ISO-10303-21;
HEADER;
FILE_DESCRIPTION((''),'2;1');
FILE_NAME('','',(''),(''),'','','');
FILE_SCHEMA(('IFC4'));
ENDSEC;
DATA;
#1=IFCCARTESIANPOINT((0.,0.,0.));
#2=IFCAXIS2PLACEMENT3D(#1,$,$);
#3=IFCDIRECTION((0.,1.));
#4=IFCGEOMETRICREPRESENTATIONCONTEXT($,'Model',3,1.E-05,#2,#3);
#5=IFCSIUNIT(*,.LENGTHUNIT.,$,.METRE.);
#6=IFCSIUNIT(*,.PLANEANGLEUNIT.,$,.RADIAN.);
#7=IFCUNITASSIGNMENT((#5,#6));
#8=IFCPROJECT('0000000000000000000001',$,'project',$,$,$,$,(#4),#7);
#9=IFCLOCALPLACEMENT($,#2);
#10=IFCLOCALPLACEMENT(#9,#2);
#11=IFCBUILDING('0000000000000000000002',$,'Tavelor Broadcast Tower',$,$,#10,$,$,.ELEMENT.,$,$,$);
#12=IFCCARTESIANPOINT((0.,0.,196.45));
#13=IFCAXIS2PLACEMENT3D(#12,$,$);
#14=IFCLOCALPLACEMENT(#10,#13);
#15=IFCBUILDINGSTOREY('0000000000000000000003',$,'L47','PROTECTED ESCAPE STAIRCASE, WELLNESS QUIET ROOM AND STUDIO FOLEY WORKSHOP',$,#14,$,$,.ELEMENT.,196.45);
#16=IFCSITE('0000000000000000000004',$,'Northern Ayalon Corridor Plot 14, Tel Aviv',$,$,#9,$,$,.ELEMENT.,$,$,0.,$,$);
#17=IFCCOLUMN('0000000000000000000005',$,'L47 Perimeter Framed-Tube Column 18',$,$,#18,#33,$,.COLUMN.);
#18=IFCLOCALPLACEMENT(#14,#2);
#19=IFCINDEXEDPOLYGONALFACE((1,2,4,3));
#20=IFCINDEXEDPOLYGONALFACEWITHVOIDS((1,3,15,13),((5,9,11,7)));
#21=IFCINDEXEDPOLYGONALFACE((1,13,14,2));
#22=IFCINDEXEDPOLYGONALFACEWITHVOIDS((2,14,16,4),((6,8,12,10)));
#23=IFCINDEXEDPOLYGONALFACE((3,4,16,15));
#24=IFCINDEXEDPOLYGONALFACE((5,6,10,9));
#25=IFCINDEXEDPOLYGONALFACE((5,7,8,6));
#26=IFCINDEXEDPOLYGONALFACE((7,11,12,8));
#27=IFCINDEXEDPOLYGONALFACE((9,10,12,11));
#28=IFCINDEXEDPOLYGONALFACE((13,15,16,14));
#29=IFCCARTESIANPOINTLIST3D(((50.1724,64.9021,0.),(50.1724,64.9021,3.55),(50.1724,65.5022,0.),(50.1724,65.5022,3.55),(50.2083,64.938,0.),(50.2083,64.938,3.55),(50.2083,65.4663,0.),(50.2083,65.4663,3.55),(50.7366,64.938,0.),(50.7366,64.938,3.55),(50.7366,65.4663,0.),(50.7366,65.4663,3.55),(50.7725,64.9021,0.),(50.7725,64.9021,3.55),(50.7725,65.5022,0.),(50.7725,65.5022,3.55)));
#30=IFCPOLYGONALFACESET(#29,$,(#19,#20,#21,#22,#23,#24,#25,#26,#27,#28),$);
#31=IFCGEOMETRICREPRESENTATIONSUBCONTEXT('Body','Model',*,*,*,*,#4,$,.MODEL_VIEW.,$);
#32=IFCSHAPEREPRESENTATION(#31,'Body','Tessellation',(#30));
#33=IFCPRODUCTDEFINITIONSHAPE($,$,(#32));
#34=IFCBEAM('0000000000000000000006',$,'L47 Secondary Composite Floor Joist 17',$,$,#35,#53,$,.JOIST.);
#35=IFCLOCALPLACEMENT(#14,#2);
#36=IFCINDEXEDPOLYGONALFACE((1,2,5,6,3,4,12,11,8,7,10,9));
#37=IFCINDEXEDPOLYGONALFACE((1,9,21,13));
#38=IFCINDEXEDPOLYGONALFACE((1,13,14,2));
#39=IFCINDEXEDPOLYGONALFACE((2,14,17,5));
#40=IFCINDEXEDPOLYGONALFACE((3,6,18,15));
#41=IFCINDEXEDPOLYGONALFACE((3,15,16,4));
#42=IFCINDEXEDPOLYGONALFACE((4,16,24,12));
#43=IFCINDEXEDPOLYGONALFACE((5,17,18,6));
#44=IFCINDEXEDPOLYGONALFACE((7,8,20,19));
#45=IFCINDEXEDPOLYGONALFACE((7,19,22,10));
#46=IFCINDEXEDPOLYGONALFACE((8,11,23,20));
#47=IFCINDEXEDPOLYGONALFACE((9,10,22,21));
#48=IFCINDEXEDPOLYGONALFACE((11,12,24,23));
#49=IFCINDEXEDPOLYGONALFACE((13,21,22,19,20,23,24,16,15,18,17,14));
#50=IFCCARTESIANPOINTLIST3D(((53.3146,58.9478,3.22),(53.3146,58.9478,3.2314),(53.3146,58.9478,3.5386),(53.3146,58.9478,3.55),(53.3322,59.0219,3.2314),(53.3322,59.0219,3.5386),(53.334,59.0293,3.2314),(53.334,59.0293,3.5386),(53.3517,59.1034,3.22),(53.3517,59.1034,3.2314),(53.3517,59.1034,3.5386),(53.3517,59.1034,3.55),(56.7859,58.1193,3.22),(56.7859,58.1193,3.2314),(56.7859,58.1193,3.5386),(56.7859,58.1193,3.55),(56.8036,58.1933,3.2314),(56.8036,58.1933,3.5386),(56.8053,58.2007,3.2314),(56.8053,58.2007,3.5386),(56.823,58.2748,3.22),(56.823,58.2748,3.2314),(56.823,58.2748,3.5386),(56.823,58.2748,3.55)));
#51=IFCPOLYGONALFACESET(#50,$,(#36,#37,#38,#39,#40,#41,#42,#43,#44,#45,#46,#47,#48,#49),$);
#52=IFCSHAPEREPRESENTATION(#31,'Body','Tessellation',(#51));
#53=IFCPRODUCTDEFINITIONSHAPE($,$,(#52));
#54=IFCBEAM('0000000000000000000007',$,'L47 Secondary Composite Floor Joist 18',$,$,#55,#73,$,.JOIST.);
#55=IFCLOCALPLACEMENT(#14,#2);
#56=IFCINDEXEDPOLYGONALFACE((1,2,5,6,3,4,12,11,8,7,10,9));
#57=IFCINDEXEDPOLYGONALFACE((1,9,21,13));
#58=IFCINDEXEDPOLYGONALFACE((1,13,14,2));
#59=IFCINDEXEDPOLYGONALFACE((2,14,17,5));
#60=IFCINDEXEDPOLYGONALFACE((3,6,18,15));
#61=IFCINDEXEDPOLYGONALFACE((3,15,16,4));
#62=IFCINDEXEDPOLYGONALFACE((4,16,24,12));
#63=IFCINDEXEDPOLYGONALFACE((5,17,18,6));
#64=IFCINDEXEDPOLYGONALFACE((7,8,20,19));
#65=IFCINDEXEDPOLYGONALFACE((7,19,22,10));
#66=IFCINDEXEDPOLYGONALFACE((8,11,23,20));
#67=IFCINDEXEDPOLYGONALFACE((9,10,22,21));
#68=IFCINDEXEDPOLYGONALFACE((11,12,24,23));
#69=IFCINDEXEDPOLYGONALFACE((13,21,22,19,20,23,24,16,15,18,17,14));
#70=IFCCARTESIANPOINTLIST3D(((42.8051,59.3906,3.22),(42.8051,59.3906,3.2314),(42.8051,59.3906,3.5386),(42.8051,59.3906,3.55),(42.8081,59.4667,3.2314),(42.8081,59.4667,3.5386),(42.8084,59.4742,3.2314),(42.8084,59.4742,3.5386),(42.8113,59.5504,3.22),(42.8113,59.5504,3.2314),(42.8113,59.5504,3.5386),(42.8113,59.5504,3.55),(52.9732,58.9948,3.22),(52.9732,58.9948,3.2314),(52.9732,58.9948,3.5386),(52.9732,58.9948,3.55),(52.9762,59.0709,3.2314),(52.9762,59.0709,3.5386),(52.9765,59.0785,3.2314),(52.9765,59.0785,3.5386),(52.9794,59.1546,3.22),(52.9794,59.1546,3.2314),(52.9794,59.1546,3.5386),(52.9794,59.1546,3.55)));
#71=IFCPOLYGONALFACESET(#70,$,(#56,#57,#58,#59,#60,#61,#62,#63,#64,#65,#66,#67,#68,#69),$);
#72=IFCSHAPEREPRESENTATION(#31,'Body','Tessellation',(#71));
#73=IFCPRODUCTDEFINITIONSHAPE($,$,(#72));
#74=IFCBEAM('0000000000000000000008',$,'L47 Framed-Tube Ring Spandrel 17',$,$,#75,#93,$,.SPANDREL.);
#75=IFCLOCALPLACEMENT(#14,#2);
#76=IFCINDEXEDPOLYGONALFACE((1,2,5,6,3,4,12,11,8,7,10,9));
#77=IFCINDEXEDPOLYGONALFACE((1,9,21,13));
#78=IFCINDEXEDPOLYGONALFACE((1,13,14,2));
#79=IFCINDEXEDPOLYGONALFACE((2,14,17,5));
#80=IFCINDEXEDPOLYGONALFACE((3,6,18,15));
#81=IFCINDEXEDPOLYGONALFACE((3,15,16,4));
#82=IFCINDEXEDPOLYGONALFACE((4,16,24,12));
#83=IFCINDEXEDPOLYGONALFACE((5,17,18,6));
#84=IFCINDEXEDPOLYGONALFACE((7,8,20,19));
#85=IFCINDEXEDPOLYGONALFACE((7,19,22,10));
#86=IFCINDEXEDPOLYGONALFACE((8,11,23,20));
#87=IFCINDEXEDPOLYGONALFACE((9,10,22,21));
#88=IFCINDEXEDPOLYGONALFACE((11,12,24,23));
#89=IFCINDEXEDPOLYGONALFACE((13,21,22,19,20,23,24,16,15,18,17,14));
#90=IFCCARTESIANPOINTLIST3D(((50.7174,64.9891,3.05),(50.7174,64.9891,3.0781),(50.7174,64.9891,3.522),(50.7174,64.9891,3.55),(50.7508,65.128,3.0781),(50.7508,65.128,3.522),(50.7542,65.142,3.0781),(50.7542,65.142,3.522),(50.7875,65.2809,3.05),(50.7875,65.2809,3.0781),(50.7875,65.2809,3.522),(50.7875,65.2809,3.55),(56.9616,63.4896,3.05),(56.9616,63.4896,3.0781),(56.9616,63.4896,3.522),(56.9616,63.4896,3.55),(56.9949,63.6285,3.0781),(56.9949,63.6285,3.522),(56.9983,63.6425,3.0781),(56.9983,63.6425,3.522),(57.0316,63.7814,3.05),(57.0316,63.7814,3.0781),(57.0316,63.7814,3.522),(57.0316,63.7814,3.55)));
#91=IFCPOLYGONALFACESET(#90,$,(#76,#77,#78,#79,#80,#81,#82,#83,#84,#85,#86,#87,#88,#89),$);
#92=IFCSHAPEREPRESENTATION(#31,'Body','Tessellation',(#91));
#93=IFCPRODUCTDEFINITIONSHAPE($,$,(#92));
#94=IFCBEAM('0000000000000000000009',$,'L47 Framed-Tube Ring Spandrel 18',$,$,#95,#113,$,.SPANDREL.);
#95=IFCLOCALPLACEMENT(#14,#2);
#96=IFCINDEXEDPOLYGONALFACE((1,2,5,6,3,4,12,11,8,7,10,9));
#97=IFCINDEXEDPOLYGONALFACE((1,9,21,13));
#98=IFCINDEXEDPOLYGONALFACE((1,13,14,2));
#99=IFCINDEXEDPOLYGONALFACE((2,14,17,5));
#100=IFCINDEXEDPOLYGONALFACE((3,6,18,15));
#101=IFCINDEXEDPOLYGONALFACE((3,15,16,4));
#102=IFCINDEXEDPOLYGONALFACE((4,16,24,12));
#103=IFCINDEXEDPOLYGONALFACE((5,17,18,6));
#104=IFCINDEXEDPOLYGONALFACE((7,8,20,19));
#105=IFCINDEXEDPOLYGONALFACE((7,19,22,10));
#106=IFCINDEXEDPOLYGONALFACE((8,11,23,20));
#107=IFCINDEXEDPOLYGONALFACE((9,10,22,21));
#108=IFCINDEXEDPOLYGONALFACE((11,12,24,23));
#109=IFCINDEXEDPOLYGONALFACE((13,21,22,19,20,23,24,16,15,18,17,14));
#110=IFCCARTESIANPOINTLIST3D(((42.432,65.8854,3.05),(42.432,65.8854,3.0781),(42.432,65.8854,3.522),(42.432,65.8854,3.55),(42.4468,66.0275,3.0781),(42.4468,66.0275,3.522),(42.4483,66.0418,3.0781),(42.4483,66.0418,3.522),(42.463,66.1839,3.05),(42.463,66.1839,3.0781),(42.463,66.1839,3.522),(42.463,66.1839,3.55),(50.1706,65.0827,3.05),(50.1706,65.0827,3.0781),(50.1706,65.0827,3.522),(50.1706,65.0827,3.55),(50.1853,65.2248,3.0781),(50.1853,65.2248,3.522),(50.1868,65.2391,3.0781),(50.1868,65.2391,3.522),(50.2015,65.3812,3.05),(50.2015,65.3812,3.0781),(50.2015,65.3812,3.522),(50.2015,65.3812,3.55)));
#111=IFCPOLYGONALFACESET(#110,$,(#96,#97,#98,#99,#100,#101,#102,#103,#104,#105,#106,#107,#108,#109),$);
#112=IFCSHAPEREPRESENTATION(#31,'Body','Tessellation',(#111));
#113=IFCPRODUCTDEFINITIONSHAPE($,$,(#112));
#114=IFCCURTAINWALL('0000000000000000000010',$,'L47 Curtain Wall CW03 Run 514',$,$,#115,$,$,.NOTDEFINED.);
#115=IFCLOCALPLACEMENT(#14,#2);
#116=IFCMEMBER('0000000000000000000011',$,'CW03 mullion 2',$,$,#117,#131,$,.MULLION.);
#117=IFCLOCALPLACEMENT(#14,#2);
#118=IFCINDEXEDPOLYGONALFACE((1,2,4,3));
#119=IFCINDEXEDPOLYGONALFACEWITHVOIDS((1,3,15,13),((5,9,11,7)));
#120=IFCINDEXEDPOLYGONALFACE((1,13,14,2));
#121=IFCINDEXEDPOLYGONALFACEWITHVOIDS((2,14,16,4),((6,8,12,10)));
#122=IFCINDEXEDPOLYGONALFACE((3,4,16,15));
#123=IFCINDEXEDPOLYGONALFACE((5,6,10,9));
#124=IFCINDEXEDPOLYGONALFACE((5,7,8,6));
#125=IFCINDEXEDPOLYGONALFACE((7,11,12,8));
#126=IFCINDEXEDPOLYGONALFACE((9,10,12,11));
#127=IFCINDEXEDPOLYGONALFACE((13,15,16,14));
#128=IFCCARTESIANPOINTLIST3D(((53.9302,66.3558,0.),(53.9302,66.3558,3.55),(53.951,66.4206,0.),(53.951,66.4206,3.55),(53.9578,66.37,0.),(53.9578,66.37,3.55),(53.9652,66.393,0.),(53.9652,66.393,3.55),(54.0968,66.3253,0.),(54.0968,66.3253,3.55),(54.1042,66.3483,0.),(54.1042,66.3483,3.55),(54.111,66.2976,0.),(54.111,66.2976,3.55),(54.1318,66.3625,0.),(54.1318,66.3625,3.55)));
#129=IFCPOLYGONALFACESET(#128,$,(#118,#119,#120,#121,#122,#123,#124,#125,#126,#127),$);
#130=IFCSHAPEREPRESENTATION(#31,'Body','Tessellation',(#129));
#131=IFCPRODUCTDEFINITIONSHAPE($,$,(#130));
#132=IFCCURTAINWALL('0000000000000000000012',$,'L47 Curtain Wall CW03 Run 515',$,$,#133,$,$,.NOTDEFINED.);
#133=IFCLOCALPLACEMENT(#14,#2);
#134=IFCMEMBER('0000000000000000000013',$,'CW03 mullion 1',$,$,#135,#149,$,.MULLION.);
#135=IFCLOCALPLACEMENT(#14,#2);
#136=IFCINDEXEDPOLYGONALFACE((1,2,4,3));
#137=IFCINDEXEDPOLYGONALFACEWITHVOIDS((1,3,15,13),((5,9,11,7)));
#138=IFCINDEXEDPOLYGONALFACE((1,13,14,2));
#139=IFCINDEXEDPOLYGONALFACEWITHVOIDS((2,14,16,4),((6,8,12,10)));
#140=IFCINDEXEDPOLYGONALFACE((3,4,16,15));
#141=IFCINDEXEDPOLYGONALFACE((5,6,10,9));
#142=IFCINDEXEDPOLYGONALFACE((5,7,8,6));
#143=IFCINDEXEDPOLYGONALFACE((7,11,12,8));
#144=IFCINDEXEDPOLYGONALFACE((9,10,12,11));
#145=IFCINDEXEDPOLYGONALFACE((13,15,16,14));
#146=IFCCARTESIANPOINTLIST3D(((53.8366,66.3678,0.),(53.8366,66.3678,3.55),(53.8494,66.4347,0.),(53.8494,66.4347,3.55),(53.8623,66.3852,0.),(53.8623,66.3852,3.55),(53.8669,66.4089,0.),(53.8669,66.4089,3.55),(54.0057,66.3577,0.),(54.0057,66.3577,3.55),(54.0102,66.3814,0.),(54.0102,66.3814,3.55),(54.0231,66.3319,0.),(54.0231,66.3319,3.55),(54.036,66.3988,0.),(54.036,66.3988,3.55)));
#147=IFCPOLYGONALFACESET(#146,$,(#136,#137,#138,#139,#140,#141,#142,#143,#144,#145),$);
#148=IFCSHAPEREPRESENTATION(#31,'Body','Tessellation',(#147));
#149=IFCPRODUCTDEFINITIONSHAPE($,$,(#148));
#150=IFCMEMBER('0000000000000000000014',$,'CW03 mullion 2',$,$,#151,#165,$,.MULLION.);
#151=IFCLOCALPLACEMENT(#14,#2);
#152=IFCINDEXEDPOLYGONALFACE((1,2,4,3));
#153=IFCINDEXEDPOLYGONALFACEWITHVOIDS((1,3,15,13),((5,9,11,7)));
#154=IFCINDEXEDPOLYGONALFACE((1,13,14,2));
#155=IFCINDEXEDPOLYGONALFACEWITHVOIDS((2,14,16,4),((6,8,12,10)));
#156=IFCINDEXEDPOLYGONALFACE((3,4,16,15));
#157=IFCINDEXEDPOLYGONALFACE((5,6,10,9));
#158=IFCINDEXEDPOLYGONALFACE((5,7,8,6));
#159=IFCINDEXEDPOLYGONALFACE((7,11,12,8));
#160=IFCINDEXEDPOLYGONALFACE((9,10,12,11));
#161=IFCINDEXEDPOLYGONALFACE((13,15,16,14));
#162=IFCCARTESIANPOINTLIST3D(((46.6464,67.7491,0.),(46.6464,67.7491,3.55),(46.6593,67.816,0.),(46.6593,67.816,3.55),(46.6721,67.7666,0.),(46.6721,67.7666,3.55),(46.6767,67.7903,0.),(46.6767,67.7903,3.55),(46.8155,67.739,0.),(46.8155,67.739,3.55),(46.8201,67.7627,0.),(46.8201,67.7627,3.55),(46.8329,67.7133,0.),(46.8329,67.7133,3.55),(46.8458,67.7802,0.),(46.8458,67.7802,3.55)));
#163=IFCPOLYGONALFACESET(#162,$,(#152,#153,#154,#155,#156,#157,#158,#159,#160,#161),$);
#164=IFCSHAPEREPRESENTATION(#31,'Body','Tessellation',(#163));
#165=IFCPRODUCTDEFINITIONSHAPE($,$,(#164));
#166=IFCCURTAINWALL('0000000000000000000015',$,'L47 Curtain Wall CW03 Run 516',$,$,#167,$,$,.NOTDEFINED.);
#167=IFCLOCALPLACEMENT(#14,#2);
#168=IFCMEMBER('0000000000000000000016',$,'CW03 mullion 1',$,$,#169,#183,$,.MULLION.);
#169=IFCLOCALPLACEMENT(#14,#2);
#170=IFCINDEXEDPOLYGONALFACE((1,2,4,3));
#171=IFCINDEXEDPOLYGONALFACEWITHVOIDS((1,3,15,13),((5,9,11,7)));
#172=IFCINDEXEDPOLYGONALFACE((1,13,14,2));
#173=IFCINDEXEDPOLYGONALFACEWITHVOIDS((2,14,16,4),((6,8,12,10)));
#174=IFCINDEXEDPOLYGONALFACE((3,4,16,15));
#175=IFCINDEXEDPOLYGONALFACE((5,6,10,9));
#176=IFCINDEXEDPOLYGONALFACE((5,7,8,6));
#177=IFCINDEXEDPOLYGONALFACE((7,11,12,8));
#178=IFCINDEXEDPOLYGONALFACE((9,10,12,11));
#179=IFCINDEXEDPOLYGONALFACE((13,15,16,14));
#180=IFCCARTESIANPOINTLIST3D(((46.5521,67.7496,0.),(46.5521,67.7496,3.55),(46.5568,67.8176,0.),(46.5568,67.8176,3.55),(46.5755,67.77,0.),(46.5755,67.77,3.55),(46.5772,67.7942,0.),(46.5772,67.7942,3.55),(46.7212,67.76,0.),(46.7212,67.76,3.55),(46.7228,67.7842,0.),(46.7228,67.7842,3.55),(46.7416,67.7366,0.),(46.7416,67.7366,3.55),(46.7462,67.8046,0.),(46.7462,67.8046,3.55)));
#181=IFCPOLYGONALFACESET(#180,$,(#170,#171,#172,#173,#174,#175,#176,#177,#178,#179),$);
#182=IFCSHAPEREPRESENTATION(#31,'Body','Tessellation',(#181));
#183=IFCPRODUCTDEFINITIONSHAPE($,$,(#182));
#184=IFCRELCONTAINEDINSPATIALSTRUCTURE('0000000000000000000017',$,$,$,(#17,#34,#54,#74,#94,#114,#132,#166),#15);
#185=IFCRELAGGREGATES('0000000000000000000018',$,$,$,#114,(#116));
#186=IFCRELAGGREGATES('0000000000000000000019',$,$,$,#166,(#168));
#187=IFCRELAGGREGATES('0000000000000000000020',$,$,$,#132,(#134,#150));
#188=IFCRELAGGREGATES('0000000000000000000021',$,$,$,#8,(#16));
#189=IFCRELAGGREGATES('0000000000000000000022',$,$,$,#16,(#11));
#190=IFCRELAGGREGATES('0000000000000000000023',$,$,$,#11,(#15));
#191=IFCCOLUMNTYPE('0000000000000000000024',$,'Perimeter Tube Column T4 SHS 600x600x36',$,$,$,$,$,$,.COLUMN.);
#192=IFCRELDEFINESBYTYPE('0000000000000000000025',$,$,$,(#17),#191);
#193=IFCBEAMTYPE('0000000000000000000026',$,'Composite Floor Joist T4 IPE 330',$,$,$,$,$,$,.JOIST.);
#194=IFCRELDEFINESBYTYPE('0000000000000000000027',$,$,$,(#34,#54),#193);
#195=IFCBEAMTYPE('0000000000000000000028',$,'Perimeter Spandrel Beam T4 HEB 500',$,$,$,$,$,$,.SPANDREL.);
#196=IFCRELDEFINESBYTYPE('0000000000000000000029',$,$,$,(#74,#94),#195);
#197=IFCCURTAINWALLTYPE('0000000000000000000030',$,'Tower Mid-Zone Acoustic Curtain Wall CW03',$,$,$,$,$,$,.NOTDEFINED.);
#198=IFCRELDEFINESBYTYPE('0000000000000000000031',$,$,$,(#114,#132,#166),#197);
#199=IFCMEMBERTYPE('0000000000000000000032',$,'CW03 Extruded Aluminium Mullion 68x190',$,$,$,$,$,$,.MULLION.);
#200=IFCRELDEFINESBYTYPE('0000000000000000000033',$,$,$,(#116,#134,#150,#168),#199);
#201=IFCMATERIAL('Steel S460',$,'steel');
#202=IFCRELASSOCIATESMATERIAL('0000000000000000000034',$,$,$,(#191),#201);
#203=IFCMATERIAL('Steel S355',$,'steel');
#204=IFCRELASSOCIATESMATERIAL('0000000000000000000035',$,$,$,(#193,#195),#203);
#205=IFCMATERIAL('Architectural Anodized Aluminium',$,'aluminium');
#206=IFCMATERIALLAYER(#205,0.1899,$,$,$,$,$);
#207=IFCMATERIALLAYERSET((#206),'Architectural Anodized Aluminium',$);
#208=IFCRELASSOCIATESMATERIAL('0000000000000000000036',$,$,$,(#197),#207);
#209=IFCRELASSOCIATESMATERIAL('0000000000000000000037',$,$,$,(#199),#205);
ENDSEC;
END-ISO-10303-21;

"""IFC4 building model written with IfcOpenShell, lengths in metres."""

from ifc_helpers import new_model, si_unit, direction, frame, origin, origin_2d, place, context, subcontext, project, spatial, hollow_rectangle, i_section, extrude, source, transform, mapped, material, layer, layer_set, material_profile, profile_set, type_object, type_shapes, element, aggregate, save


model = new_model("IFC4")

# Units and contexts
model_context = context("Model", 3, precision=1e-05, world=origin(), true_north=direction((0.0, 1.0)))
body_context = subcontext(model_context, "Body", "Model", "MODEL_VIEW")
ifc_project = project(units=[si_unit("LENGTHUNIT", "METRE"), si_unit("PLANEANGLEUNIT", "RADIAN")], contexts=[model_context])

# Site, building, storey
site_placement = place(None, origin())
site = spatial("IfcSite", under=ifc_project, at=site_placement, Name="Northern Ayalon Corridor Plot 14, Tel Aviv", CompositionType="ELEMENT", RefElevation=0.0)
building_placement = place(site_placement, origin())
building = spatial("IfcBuilding", under=site, at=building_placement, Name="Tavelor Broadcast Tower", CompositionType="ELEMENT")
storey_placement = place(building_placement, frame((0.0, 0.0, 196.45)))
storey = spatial("IfcBuildingStorey", under=building, at=storey_placement, Name="L47", Description="PROTECTED ESCAPE STAIRCASE, WELLNESS QUIET ROOM AND STUDIO FOLEY WORKSHOP", CompositionType="ELEMENT", Elevation=196.45)

# Column
ifc_material_1 = material(Name="Steel S460", Category="steel")
ifc_material_profile_1 = material_profile(ifc_material_1, hollow_rectangle(XDim=0.6001, YDim=0.6001, WallThickness=0.0359, at=origin_2d()), Name="SHS 600x600x36")
ifc_profile_set_1 = profile_set([ifc_material_profile_1], Name="Steel S460")
column_type = type_object("IfcColumnType", Name="Perimeter Tube Column T4 SHS 600x600x36", PredefinedType="COLUMN", material=ifc_profile_set_1)
column_placement = place(storey_placement, frame((50.4724, 65.2021, 0.0), z_axis=(0.0, 0.0, 1.0), x_axis=(1.0, 0.0, 0.0)))
element("IfcColumn", 1, at=column_placement, inside=storey, type_object=column_type, Name="L47 Perimeter Framed-Tube Column 18", PredefinedType="COLUMN", context=body_context, shape_type="SweptSolid", body=[
    extrude(hollow_rectangle(XDim=0.6001, YDim=0.6001, WallThickness=0.0359, at=origin_2d()), origin(), (0.0, 0.0, 1.0), 3.55),
])

# Beams
ifc_material_2 = material(Name="Steel S355", Category="steel")
ifc_material_profile_2 = material_profile(ifc_material_2, i_section(OverallWidth=0.1599, OverallDepth=0.3301, WebThickness=0.0076, FlangeThickness=0.0115, at=origin_2d()), Name="IPE 330")
ifc_profile_set_2 = profile_set([ifc_material_profile_2], Name="Steel S355")
beam_type_1 = type_object("IfcBeamType", Name="Composite Floor Joist T4 IPE 330", PredefinedType="JOIST", material=ifc_profile_set_2)
beam_1_placement = place(storey_placement, frame((56.8044, 58.197, 3.385), z_axis=(-0.972675, 0.232172, 0.0), x_axis=(-0.232172, -0.972675, 0.0)))
element("IfcBeam", 2, at=beam_1_placement, inside=storey, type_object=beam_type_1, Name="L47 Secondary Composite Floor Joist 17", PredefinedType="JOIST", context=body_context, shape_type="SweptSolid", body=[
    extrude(i_section(OverallWidth=0.1599, OverallDepth=0.3301, WebThickness=0.0076, FlangeThickness=0.0115, at=origin_2d()), origin(), (0.0, 0.0, 1.0), 3.5688),
])
beam_2_placement = place(storey_placement, frame((52.9763, 59.0747, 3.385), z_axis=(-0.999243, 0.038892, 0.0), x_axis=(-0.038892, -0.999243, 0.0)))
element("IfcBeam", 3, at=beam_2_placement, inside=storey, type_object=beam_type_1, Name="L47 Secondary Composite Floor Joist 18", PredefinedType="JOIST", context=body_context, shape_type="SweptSolid", body=[
    extrude(i_section(OverallWidth=0.1599, OverallDepth=0.3301, WebThickness=0.0076, FlangeThickness=0.0115, at=origin_2d()), origin(), (0.0, 0.0, 1.0), 10.1758),
])
ifc_material_profile_3 = material_profile(ifc_material_2, i_section(OverallWidth=0.3, OverallDepth=0.5, WebThickness=0.0144, FlangeThickness=0.0281, at=origin_2d()), Name="HEB 500")
ifc_profile_set_3 = profile_set([ifc_material_profile_3], Name="Steel S355")
beam_type_2 = type_object("IfcBeamType", Name="Perimeter Spandrel Beam T4 HEB 500", PredefinedType="SPANDREL", material=ifc_profile_set_3)
beam_3_placement = place(storey_placement, frame((56.9966, 63.6355, 3.3), z_axis=(-0.972355, 0.233508, 0.0), x_axis=(-0.233508, -0.972355, 0.0)))
element("IfcBeam", 4, at=beam_3_placement, inside=storey, type_object=beam_type_2, Name="L47 Framed-Tube Ring Spandrel 17", PredefinedType="SPANDREL", context=body_context, shape_type="SweptSolid", body=[
    extrude(i_section(OverallWidth=0.3, OverallDepth=0.5, WebThickness=0.0144, FlangeThickness=0.0281, at=origin_2d()), origin(), (0.0, 0.0, 1.0), 6.4216),
])
beam_4_placement = place(storey_placement, frame((50.186, 65.2319, 3.3), z_axis=(-0.994663, 0.103179, 0.0), x_axis=(-0.103179, -0.994663, 0.0)))
element("IfcBeam", 5, at=beam_4_placement, inside=storey, type_object=beam_type_2, Name="L47 Framed-Tube Ring Spandrel 18", PredefinedType="SPANDREL", context=body_context, shape_type="SweptSolid", body=[
    extrude(i_section(OverallWidth=0.3, OverallDepth=0.5, WebThickness=0.0144, FlangeThickness=0.0281, at=origin_2d()), origin(), (0.0, 0.0, 1.0), 7.78),
])

# Curtain wall, member
ifc_material_3 = material(Name="Architectural Anodized Aluminium", Category="aluminium")
ifc_layer_1 = layer(ifc_material_3, 0.1899)
ifc_layer_set_1 = layer_set([ifc_layer_1], Name="Architectural Anodized Aluminium")
curtain_wall_type = type_object("IfcCurtainWallType", Name="Tower Mid-Zone Acoustic Curtain Wall CW03", PredefinedType="NOTDEFINED", material=ifc_layer_set_1)
curtain_wall_1_placement = place(storey_placement, origin())
curtain_wall_1 = element("IfcCurtainWall", 6, at=curtain_wall_1_placement, inside=storey, type_object=curtain_wall_type, Name="L47 Curtain Wall CW03 Run 514", PredefinedType="NOTDEFINED")
ifc_material_profile_4 = material_profile(ifc_material_3, hollow_rectangle(XDim=0.0681, YDim=0.1899, WallThickness=0.022, at=origin_2d()), Name="RHS 68x190x22")
ifc_profile_set_4 = profile_set([ifc_material_profile_4], Name="Architectural Anodized Aluminium")
member_type_1 = type_object("IfcMemberType", Name="CW03 Extruded Aluminium Mullion 68x190", PredefinedType="MULLION", material=ifc_profile_set_4)
shared_shape_1 = source(origin(), body_context, "Body", "SweptSolid", [
    extrude(hollow_rectangle(XDim=0.0681, YDim=0.1899, WallThickness=0.022, at=origin_2d()), origin(), (0.0, 0.0, 1.0), 3.55),
])
type_shapes(member_type_1, [shared_shape_1])
member_1_placement = place(storey_placement, frame((54.031, 66.3591, 0.0), z_axis=(0.0, 0.0, 1.0), x_axis=(-0.306113, -0.951995, 0.0)))
member_1 = element("IfcMember", 7, at=member_1_placement, type_object=member_type_1, Name="CW03 mullion 2", PredefinedType="MULLION", context=body_context, shape_type="MappedRepresentation", body=[
    mapped(shared_shape_1, transform((0.0, 0.0, 0.0), scale=1.0)),
])
aggregate(curtain_wall_1, [member_1])

# Curtain wall, members
curtain_wall_2_placement = place(storey_placement, origin())
curtain_wall_2 = element("IfcCurtainWall", 8, at=curtain_wall_2_placement, inside=storey, type_object=curtain_wall_type, Name="L47 Curtain Wall CW03 Run 515", PredefinedType="NOTDEFINED")
member_2_placement = place(storey_placement, frame((53.9363, 66.3833, 0.0), z_axis=(0.0, 0.0, 1.0), x_axis=(-0.188657, -0.982043, 0.0)))
member_2 = element("IfcMember", 9, at=member_2_placement, type_object=member_type_1, Name="CW03 mullion 1", PredefinedType="MULLION", context=body_context, shape_type="MappedRepresentation", body=[
    mapped(shared_shape_1, transform((0.0, 0.0, 0.0), scale=1.0)),
])
member_3_placement = place(storey_placement, frame((46.7461, 67.7646, 0.0), z_axis=(0.0, 0.0, 1.0), x_axis=(-0.188657, -0.982043, 0.0)))
member_3 = element("IfcMember", 10, at=member_3_placement, type_object=member_type_1, Name="CW03 mullion 2", PredefinedType="MULLION", context=body_context, shape_type="MappedRepresentation", body=[
    mapped(shared_shape_1, transform((0.0, 0.0, 0.0), scale=1.0)),
])

# Curtain wall, member
curtain_wall_3_placement = place(storey_placement, origin())
curtain_wall_3 = element("IfcCurtainWall", 11, at=curtain_wall_3_placement, inside=storey, type_object=curtain_wall_type, Name="L47 Curtain Wall CW03 Run 516", PredefinedType="NOTDEFINED")
member_4_placement = place(storey_placement, frame((46.6492, 67.7771, 0.0), z_axis=(0.0, 0.0, 1.0), x_axis=(-0.068434, -0.997656, 0.0)))
member_4 = element("IfcMember", 12, at=member_4_placement, type_object=member_type_1, Name="CW03 mullion 1", PredefinedType="MULLION", context=body_context, shape_type="MappedRepresentation", body=[
    mapped(shared_shape_1, transform((0.0, 0.0, 0.0), scale=1.0)),
])

aggregate(curtain_wall_3, [member_4])

aggregate(curtain_wall_2, [member_2, member_3])

save(model, "model.ifc")
